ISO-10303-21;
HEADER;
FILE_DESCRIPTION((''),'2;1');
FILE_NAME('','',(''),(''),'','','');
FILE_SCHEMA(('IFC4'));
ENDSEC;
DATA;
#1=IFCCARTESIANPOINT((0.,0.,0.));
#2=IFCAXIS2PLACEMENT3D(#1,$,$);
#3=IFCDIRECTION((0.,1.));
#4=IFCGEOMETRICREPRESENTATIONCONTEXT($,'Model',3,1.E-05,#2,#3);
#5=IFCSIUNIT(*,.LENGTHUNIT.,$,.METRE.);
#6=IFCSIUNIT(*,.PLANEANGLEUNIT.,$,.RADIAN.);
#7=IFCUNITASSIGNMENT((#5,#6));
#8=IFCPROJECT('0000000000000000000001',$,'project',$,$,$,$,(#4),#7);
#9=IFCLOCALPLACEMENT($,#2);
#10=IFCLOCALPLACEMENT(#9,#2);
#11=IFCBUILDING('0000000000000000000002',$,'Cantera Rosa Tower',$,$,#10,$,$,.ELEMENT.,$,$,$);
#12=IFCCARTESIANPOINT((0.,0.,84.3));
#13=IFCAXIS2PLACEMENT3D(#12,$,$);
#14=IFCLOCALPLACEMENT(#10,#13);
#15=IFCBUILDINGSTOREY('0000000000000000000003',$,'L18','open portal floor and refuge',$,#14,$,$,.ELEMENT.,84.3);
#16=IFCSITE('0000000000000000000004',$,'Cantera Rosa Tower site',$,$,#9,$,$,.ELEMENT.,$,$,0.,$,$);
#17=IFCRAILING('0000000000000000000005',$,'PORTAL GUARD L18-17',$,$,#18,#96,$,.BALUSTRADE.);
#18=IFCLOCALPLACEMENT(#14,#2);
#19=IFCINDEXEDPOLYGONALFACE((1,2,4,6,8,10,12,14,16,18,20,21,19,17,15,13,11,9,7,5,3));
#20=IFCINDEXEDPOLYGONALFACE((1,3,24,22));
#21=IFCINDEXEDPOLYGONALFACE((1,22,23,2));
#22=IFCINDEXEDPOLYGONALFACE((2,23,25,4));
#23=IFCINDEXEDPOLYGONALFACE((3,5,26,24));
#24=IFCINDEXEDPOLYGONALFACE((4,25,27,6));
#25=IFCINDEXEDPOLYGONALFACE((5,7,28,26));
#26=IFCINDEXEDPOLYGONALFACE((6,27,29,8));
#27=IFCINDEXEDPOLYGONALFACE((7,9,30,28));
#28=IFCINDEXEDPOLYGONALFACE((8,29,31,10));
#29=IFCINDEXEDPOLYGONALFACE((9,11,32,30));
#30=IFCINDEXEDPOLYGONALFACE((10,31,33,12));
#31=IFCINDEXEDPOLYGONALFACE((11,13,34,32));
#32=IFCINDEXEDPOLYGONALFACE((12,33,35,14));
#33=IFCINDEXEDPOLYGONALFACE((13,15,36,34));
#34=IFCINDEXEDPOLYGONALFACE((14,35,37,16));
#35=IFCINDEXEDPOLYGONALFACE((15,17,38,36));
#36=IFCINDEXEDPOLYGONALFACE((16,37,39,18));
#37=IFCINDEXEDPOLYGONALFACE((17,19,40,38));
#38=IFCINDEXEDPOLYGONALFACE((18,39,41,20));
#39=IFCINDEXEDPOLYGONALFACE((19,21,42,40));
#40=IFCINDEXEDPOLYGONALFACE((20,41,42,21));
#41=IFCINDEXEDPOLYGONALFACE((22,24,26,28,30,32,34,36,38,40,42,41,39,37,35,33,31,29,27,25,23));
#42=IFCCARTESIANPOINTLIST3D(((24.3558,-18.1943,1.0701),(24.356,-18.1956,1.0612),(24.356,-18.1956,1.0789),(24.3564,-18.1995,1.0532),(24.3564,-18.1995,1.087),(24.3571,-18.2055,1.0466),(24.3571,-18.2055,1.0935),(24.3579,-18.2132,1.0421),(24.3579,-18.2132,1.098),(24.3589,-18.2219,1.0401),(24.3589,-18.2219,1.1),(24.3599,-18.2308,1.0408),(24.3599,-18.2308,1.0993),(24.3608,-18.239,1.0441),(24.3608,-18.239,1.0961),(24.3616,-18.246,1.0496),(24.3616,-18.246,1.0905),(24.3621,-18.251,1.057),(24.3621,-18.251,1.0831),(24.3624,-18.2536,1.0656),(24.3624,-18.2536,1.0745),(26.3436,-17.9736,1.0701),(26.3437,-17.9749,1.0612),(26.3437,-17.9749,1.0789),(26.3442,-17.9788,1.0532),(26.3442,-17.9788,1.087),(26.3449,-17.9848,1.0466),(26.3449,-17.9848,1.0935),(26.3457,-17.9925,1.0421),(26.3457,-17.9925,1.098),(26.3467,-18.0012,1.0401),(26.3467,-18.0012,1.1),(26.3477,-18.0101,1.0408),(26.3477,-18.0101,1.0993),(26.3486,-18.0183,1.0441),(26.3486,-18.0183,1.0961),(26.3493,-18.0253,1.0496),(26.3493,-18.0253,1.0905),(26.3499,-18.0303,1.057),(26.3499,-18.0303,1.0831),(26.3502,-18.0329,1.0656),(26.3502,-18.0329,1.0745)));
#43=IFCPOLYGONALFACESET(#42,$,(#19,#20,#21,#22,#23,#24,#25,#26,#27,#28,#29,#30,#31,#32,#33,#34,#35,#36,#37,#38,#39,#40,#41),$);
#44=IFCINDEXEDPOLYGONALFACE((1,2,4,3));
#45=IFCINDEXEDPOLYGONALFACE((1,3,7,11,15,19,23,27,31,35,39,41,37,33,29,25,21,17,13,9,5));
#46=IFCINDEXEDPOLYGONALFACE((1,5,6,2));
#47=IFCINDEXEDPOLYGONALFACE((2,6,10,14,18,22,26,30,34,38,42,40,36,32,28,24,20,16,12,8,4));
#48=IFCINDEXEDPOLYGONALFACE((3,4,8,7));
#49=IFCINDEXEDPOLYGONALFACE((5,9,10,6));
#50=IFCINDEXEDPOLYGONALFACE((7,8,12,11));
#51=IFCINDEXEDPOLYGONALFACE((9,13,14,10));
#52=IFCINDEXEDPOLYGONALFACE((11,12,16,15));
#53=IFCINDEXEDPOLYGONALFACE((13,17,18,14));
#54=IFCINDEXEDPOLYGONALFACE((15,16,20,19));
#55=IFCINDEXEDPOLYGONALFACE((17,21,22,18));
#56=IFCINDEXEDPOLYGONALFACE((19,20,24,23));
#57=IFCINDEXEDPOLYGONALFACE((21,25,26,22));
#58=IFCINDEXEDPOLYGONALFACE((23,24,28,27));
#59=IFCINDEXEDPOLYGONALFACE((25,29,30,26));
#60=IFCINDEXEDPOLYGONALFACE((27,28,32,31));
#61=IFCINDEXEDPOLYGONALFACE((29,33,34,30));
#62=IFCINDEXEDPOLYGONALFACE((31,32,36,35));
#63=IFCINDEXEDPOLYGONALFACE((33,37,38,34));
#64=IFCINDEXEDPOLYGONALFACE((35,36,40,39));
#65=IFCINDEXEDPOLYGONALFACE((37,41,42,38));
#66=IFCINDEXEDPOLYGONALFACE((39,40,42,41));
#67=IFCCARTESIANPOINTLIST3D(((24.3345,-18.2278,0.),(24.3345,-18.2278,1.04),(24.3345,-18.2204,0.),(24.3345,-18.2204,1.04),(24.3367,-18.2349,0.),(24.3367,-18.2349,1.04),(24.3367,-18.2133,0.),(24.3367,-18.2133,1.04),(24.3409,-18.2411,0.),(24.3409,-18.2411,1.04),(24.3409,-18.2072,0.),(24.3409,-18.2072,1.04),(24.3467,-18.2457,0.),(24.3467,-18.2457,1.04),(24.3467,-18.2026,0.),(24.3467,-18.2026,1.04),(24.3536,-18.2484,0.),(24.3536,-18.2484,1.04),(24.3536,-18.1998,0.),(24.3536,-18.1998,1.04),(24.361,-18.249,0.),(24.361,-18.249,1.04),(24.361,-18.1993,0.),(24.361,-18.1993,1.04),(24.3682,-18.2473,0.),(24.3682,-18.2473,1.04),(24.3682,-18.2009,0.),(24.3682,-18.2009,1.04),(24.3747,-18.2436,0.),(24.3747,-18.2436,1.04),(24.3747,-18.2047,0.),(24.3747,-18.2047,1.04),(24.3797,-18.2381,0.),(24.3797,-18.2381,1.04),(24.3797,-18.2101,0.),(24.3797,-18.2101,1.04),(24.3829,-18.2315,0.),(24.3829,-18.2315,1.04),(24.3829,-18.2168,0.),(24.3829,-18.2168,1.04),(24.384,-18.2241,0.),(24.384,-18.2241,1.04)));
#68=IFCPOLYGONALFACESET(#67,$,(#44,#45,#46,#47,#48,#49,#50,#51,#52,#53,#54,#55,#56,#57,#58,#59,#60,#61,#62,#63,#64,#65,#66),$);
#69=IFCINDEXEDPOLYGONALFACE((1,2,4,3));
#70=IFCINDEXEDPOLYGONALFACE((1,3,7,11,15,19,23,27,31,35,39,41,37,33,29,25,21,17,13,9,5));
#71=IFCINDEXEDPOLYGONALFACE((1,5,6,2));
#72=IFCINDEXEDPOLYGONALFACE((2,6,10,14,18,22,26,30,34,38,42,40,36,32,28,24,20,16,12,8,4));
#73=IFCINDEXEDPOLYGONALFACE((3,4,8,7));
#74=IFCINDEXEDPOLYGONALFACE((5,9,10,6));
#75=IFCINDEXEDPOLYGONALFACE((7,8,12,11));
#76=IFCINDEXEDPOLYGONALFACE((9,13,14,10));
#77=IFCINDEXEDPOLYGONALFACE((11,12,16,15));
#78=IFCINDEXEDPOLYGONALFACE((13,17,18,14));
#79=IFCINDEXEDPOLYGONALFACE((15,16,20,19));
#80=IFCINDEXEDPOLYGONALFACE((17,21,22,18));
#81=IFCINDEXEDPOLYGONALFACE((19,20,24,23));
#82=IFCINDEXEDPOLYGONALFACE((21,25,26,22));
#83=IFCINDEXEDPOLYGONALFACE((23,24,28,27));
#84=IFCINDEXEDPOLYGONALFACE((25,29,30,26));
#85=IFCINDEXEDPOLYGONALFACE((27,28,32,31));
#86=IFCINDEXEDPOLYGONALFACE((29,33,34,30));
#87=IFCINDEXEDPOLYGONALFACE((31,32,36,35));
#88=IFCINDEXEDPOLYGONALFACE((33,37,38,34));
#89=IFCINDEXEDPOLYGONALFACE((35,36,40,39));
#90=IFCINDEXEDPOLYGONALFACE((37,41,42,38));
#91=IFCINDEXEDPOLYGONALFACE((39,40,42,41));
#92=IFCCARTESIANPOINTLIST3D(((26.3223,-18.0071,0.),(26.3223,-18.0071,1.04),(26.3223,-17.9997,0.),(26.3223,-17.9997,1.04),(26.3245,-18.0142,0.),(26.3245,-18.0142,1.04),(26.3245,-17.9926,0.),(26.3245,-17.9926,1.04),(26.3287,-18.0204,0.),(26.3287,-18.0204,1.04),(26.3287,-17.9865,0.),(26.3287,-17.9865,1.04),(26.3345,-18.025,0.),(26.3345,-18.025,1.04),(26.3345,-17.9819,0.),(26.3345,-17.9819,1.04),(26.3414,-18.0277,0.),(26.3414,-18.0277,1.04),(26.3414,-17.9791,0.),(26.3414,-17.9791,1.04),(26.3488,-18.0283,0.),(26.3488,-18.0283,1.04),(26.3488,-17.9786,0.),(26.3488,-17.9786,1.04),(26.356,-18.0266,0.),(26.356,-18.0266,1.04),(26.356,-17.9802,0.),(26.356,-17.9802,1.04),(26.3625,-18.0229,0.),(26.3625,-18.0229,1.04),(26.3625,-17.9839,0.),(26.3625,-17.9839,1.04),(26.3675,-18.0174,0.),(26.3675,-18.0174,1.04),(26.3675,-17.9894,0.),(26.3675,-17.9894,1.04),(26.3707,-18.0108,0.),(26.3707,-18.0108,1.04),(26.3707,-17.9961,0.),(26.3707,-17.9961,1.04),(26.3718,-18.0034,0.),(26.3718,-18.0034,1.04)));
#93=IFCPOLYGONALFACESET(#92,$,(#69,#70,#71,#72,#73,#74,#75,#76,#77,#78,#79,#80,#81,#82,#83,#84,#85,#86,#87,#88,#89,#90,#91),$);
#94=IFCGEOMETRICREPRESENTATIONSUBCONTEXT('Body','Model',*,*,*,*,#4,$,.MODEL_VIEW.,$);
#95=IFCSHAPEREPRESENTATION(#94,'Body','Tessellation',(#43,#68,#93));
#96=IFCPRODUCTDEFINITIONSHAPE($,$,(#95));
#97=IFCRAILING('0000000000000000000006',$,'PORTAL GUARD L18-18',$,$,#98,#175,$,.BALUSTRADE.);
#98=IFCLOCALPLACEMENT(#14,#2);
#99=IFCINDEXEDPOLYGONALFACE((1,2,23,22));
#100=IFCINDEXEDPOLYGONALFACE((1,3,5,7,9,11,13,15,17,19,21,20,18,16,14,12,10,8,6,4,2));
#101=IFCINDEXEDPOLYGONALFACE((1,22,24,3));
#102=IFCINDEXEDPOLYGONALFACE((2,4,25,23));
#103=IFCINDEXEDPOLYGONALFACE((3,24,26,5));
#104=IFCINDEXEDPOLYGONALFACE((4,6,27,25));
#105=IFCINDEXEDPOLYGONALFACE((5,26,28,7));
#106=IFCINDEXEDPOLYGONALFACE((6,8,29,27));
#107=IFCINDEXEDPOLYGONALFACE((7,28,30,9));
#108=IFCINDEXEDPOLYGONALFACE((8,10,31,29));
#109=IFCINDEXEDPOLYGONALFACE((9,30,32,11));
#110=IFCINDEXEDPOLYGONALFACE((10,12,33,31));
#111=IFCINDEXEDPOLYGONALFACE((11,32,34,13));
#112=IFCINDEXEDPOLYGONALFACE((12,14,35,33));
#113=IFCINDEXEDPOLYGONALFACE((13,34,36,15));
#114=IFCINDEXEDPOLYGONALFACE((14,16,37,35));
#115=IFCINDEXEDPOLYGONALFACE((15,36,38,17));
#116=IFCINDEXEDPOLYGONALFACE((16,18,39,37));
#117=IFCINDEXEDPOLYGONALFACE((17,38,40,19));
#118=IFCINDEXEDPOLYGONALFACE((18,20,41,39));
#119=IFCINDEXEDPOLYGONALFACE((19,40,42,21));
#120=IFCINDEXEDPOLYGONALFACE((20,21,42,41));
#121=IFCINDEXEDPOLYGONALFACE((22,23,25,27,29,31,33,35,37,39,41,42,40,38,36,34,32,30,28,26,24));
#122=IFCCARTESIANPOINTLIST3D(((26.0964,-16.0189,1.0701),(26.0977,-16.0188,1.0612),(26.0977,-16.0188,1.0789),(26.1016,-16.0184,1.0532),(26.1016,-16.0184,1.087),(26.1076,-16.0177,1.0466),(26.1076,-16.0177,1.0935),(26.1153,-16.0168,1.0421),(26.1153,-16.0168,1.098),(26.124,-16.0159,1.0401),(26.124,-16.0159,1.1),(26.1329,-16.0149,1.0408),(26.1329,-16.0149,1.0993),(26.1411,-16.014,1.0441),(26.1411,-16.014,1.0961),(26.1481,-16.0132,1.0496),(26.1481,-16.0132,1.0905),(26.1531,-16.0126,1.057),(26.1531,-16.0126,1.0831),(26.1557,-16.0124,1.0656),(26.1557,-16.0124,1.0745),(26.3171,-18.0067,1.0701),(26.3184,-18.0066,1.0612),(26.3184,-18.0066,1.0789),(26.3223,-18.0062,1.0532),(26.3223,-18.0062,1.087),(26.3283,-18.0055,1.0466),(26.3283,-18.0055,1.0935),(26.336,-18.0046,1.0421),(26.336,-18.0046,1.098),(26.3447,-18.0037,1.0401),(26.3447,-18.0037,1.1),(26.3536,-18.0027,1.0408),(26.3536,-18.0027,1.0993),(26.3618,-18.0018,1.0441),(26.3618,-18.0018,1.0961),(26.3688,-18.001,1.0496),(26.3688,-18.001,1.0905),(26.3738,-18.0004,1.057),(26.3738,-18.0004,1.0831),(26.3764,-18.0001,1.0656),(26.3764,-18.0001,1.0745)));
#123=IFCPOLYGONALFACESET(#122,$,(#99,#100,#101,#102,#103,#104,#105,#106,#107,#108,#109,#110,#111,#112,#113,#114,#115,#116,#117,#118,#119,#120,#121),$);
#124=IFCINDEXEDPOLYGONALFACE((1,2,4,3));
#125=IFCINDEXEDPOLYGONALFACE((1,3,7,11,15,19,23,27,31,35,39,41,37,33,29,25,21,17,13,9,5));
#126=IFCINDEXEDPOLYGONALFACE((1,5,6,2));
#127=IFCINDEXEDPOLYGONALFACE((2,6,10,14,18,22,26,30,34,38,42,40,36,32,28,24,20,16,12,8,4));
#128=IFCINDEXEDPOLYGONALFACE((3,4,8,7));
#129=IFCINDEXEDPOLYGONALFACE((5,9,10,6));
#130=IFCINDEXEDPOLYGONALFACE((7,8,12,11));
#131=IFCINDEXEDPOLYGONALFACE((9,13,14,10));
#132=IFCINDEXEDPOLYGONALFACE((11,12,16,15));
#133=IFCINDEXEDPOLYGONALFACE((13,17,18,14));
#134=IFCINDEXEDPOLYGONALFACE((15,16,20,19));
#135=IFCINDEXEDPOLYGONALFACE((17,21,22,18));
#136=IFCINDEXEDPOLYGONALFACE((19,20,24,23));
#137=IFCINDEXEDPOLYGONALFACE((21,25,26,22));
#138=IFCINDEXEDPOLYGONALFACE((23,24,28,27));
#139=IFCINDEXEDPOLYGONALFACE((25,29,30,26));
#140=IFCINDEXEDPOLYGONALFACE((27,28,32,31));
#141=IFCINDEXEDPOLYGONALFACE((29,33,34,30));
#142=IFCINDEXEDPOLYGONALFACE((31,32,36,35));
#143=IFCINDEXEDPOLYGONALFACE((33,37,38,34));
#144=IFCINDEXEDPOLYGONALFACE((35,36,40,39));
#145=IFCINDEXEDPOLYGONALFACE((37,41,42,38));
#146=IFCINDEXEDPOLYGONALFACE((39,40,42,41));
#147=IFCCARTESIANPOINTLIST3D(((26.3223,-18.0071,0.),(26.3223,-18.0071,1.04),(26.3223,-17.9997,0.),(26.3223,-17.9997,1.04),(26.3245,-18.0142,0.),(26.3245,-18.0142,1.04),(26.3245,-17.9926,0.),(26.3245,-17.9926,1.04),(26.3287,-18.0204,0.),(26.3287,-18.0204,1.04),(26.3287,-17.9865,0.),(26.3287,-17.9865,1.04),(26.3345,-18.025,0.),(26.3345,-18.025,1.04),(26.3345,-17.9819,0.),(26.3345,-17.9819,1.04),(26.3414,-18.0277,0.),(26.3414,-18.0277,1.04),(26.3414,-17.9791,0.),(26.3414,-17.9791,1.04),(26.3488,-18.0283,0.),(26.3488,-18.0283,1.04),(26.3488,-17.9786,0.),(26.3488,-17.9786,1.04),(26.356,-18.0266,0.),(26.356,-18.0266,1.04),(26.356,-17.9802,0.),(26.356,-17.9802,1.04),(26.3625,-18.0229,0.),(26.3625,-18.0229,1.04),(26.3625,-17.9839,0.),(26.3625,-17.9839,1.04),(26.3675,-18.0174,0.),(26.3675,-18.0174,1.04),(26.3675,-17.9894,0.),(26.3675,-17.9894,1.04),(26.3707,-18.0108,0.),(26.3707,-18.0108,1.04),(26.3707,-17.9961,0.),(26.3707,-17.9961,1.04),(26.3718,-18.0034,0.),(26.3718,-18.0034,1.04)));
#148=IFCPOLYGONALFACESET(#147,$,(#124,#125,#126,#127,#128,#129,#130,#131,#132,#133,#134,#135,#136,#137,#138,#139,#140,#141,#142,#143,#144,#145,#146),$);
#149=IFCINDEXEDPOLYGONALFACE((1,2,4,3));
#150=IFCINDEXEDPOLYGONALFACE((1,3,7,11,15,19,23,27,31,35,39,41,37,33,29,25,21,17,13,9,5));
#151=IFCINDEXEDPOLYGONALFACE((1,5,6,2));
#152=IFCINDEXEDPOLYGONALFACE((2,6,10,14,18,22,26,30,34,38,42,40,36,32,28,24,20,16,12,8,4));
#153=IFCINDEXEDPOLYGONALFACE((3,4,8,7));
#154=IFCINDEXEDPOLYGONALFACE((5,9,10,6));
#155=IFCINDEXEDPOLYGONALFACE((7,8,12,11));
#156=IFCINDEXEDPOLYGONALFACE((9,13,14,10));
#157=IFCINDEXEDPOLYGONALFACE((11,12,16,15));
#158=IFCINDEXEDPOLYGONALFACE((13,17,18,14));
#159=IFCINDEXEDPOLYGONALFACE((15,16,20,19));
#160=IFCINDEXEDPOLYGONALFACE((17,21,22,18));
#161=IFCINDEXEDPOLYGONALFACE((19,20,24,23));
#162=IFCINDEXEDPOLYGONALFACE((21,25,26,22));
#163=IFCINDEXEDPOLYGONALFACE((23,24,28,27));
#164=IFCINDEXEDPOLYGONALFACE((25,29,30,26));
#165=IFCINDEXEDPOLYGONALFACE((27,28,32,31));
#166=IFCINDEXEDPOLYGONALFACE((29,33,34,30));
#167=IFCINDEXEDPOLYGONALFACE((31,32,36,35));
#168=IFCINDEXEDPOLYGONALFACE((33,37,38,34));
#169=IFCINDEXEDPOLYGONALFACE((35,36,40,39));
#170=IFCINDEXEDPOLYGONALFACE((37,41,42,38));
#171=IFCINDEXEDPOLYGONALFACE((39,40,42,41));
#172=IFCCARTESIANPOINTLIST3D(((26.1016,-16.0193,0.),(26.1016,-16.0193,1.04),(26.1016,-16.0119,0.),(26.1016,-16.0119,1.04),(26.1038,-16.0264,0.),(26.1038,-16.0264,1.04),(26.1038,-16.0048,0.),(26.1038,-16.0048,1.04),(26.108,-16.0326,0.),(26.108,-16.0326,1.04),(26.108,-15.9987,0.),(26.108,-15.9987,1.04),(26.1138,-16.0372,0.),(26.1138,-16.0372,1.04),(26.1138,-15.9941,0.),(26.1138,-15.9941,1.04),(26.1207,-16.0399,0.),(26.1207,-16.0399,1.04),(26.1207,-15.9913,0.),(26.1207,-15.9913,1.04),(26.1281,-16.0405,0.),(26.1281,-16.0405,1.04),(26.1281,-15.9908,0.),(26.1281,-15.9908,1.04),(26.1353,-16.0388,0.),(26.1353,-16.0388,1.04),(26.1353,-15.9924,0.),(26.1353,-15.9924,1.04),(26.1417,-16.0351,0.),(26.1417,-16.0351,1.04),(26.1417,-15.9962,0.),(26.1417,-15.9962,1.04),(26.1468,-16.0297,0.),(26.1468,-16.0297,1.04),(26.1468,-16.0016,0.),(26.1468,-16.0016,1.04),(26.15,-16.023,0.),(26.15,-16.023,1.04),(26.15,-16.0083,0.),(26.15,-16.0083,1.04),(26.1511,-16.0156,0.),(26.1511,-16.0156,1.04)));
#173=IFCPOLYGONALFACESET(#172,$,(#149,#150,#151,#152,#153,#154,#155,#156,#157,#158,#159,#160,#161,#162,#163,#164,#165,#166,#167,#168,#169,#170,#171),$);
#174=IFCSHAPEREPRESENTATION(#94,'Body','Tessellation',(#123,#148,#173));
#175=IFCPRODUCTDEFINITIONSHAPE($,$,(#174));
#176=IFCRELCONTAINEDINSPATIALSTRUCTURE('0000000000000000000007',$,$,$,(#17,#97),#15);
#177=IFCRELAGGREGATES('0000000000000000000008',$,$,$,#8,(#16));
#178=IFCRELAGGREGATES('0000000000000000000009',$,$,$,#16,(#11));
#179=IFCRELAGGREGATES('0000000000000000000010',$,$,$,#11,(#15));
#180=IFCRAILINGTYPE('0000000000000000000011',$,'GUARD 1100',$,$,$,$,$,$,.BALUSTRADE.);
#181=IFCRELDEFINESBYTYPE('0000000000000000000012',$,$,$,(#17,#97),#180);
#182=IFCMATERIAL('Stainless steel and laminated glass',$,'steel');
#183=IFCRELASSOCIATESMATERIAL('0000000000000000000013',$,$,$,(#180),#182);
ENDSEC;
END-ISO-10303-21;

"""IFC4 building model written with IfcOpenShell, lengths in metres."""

from ifc_helpers import new_model, si_unit, direction, frame, origin, origin_2d, place, context, subcontext, project, spatial, circle, extrude, material, type_object, element, save


model = new_model("IFC4")

# Units and contexts
model_context = context("Model", 3, precision=1e-05, world=origin(), true_north=direction((0.0, 1.0)))
body_context = subcontext(model_context, "Body", "Model", "MODEL_VIEW")
ifc_project = project(units=[si_unit("LENGTHUNIT", "METRE"), si_unit("PLANEANGLEUNIT", "RADIAN")], contexts=[model_context])

# Site, building, storey
site_placement = place(None, origin())
site = spatial("IfcSite", under=ifc_project, at=site_placement, Name="Cantera Rosa Tower site", CompositionType="ELEMENT", RefElevation=0.0)
building_placement = place(site_placement, origin())
building = spatial("IfcBuilding", under=site, at=building_placement, Name="Cantera Rosa Tower", CompositionType="ELEMENT")
storey_placement = place(building_placement, frame((0.0, 0.0, 84.3)))
storey = spatial("IfcBuildingStorey", under=building, at=storey_placement, Name="L18", Description="open portal floor and refuge", CompositionType="ELEMENT", Elevation=84.3)

# Railings
ifc_material_1 = material(Name="Stainless steel and laminated glass", Category="steel")
railing_type_1 = type_object("IfcRailingType", Name="GUARD 1100", PredefinedType="BALUSTRADE", material=ifc_material_1)
railing_1_placement = place(storey_placement, frame((24.3591, -18.2241, 0.0)))
element("IfcRailing", 1, at=railing_1_placement, inside=storey, type_object=railing_type_1, Name="PORTAL GUARD L18-17", PredefinedType="BALUSTRADE", context=body_context, shape_type="SweptSolid", body=[
    extrude(circle(Radius=0.03, at=origin_2d()), frame((0.0, 0.0, 1.0701), z_axis=(0.993893, 0.110351, 0.0), x_axis=(-0.110351, 0.993893, 0.0)), (0.0, 0.0, 1.0), 2.0),
    extrude(circle(Radius=0.0249, at=origin_2d()), origin(), (0.0, 0.0, 1.0), 1.04),
    extrude(circle(Radius=0.0249, at=origin_2d()), frame((1.9878, 0.2207, 0.0)), (0.0, 0.0, 1.0), 1.04),
])
railing_2_placement = place(storey_placement, frame((26.3469, -18.0034, 0.0)))
element("IfcRailing", 2, at=railing_2_placement, inside=storey, type_object=railing_type_1, Name="PORTAL GUARD L18-18", PredefinedType="BALUSTRADE", context=body_context, shape_type="SweptSolid", body=[
    extrude(circle(Radius=0.03, at=origin_2d()), frame((0.0, 0.0, 1.0701), z_axis=(-0.110351, 0.993893, 0.0), x_axis=(-0.993893, -0.110351, 0.0)), (0.0, 0.0, 1.0), 2.0),
    extrude(circle(Radius=0.0249, at=origin_2d()), origin(), (0.0, 0.0, 1.0), 1.04),
    extrude(circle(Radius=0.0249, at=origin_2d()), frame((-0.2207, 1.9878, 0.0)), (0.0, 0.0, 1.0), 1.04),
])

save(model, "model.ifc")
